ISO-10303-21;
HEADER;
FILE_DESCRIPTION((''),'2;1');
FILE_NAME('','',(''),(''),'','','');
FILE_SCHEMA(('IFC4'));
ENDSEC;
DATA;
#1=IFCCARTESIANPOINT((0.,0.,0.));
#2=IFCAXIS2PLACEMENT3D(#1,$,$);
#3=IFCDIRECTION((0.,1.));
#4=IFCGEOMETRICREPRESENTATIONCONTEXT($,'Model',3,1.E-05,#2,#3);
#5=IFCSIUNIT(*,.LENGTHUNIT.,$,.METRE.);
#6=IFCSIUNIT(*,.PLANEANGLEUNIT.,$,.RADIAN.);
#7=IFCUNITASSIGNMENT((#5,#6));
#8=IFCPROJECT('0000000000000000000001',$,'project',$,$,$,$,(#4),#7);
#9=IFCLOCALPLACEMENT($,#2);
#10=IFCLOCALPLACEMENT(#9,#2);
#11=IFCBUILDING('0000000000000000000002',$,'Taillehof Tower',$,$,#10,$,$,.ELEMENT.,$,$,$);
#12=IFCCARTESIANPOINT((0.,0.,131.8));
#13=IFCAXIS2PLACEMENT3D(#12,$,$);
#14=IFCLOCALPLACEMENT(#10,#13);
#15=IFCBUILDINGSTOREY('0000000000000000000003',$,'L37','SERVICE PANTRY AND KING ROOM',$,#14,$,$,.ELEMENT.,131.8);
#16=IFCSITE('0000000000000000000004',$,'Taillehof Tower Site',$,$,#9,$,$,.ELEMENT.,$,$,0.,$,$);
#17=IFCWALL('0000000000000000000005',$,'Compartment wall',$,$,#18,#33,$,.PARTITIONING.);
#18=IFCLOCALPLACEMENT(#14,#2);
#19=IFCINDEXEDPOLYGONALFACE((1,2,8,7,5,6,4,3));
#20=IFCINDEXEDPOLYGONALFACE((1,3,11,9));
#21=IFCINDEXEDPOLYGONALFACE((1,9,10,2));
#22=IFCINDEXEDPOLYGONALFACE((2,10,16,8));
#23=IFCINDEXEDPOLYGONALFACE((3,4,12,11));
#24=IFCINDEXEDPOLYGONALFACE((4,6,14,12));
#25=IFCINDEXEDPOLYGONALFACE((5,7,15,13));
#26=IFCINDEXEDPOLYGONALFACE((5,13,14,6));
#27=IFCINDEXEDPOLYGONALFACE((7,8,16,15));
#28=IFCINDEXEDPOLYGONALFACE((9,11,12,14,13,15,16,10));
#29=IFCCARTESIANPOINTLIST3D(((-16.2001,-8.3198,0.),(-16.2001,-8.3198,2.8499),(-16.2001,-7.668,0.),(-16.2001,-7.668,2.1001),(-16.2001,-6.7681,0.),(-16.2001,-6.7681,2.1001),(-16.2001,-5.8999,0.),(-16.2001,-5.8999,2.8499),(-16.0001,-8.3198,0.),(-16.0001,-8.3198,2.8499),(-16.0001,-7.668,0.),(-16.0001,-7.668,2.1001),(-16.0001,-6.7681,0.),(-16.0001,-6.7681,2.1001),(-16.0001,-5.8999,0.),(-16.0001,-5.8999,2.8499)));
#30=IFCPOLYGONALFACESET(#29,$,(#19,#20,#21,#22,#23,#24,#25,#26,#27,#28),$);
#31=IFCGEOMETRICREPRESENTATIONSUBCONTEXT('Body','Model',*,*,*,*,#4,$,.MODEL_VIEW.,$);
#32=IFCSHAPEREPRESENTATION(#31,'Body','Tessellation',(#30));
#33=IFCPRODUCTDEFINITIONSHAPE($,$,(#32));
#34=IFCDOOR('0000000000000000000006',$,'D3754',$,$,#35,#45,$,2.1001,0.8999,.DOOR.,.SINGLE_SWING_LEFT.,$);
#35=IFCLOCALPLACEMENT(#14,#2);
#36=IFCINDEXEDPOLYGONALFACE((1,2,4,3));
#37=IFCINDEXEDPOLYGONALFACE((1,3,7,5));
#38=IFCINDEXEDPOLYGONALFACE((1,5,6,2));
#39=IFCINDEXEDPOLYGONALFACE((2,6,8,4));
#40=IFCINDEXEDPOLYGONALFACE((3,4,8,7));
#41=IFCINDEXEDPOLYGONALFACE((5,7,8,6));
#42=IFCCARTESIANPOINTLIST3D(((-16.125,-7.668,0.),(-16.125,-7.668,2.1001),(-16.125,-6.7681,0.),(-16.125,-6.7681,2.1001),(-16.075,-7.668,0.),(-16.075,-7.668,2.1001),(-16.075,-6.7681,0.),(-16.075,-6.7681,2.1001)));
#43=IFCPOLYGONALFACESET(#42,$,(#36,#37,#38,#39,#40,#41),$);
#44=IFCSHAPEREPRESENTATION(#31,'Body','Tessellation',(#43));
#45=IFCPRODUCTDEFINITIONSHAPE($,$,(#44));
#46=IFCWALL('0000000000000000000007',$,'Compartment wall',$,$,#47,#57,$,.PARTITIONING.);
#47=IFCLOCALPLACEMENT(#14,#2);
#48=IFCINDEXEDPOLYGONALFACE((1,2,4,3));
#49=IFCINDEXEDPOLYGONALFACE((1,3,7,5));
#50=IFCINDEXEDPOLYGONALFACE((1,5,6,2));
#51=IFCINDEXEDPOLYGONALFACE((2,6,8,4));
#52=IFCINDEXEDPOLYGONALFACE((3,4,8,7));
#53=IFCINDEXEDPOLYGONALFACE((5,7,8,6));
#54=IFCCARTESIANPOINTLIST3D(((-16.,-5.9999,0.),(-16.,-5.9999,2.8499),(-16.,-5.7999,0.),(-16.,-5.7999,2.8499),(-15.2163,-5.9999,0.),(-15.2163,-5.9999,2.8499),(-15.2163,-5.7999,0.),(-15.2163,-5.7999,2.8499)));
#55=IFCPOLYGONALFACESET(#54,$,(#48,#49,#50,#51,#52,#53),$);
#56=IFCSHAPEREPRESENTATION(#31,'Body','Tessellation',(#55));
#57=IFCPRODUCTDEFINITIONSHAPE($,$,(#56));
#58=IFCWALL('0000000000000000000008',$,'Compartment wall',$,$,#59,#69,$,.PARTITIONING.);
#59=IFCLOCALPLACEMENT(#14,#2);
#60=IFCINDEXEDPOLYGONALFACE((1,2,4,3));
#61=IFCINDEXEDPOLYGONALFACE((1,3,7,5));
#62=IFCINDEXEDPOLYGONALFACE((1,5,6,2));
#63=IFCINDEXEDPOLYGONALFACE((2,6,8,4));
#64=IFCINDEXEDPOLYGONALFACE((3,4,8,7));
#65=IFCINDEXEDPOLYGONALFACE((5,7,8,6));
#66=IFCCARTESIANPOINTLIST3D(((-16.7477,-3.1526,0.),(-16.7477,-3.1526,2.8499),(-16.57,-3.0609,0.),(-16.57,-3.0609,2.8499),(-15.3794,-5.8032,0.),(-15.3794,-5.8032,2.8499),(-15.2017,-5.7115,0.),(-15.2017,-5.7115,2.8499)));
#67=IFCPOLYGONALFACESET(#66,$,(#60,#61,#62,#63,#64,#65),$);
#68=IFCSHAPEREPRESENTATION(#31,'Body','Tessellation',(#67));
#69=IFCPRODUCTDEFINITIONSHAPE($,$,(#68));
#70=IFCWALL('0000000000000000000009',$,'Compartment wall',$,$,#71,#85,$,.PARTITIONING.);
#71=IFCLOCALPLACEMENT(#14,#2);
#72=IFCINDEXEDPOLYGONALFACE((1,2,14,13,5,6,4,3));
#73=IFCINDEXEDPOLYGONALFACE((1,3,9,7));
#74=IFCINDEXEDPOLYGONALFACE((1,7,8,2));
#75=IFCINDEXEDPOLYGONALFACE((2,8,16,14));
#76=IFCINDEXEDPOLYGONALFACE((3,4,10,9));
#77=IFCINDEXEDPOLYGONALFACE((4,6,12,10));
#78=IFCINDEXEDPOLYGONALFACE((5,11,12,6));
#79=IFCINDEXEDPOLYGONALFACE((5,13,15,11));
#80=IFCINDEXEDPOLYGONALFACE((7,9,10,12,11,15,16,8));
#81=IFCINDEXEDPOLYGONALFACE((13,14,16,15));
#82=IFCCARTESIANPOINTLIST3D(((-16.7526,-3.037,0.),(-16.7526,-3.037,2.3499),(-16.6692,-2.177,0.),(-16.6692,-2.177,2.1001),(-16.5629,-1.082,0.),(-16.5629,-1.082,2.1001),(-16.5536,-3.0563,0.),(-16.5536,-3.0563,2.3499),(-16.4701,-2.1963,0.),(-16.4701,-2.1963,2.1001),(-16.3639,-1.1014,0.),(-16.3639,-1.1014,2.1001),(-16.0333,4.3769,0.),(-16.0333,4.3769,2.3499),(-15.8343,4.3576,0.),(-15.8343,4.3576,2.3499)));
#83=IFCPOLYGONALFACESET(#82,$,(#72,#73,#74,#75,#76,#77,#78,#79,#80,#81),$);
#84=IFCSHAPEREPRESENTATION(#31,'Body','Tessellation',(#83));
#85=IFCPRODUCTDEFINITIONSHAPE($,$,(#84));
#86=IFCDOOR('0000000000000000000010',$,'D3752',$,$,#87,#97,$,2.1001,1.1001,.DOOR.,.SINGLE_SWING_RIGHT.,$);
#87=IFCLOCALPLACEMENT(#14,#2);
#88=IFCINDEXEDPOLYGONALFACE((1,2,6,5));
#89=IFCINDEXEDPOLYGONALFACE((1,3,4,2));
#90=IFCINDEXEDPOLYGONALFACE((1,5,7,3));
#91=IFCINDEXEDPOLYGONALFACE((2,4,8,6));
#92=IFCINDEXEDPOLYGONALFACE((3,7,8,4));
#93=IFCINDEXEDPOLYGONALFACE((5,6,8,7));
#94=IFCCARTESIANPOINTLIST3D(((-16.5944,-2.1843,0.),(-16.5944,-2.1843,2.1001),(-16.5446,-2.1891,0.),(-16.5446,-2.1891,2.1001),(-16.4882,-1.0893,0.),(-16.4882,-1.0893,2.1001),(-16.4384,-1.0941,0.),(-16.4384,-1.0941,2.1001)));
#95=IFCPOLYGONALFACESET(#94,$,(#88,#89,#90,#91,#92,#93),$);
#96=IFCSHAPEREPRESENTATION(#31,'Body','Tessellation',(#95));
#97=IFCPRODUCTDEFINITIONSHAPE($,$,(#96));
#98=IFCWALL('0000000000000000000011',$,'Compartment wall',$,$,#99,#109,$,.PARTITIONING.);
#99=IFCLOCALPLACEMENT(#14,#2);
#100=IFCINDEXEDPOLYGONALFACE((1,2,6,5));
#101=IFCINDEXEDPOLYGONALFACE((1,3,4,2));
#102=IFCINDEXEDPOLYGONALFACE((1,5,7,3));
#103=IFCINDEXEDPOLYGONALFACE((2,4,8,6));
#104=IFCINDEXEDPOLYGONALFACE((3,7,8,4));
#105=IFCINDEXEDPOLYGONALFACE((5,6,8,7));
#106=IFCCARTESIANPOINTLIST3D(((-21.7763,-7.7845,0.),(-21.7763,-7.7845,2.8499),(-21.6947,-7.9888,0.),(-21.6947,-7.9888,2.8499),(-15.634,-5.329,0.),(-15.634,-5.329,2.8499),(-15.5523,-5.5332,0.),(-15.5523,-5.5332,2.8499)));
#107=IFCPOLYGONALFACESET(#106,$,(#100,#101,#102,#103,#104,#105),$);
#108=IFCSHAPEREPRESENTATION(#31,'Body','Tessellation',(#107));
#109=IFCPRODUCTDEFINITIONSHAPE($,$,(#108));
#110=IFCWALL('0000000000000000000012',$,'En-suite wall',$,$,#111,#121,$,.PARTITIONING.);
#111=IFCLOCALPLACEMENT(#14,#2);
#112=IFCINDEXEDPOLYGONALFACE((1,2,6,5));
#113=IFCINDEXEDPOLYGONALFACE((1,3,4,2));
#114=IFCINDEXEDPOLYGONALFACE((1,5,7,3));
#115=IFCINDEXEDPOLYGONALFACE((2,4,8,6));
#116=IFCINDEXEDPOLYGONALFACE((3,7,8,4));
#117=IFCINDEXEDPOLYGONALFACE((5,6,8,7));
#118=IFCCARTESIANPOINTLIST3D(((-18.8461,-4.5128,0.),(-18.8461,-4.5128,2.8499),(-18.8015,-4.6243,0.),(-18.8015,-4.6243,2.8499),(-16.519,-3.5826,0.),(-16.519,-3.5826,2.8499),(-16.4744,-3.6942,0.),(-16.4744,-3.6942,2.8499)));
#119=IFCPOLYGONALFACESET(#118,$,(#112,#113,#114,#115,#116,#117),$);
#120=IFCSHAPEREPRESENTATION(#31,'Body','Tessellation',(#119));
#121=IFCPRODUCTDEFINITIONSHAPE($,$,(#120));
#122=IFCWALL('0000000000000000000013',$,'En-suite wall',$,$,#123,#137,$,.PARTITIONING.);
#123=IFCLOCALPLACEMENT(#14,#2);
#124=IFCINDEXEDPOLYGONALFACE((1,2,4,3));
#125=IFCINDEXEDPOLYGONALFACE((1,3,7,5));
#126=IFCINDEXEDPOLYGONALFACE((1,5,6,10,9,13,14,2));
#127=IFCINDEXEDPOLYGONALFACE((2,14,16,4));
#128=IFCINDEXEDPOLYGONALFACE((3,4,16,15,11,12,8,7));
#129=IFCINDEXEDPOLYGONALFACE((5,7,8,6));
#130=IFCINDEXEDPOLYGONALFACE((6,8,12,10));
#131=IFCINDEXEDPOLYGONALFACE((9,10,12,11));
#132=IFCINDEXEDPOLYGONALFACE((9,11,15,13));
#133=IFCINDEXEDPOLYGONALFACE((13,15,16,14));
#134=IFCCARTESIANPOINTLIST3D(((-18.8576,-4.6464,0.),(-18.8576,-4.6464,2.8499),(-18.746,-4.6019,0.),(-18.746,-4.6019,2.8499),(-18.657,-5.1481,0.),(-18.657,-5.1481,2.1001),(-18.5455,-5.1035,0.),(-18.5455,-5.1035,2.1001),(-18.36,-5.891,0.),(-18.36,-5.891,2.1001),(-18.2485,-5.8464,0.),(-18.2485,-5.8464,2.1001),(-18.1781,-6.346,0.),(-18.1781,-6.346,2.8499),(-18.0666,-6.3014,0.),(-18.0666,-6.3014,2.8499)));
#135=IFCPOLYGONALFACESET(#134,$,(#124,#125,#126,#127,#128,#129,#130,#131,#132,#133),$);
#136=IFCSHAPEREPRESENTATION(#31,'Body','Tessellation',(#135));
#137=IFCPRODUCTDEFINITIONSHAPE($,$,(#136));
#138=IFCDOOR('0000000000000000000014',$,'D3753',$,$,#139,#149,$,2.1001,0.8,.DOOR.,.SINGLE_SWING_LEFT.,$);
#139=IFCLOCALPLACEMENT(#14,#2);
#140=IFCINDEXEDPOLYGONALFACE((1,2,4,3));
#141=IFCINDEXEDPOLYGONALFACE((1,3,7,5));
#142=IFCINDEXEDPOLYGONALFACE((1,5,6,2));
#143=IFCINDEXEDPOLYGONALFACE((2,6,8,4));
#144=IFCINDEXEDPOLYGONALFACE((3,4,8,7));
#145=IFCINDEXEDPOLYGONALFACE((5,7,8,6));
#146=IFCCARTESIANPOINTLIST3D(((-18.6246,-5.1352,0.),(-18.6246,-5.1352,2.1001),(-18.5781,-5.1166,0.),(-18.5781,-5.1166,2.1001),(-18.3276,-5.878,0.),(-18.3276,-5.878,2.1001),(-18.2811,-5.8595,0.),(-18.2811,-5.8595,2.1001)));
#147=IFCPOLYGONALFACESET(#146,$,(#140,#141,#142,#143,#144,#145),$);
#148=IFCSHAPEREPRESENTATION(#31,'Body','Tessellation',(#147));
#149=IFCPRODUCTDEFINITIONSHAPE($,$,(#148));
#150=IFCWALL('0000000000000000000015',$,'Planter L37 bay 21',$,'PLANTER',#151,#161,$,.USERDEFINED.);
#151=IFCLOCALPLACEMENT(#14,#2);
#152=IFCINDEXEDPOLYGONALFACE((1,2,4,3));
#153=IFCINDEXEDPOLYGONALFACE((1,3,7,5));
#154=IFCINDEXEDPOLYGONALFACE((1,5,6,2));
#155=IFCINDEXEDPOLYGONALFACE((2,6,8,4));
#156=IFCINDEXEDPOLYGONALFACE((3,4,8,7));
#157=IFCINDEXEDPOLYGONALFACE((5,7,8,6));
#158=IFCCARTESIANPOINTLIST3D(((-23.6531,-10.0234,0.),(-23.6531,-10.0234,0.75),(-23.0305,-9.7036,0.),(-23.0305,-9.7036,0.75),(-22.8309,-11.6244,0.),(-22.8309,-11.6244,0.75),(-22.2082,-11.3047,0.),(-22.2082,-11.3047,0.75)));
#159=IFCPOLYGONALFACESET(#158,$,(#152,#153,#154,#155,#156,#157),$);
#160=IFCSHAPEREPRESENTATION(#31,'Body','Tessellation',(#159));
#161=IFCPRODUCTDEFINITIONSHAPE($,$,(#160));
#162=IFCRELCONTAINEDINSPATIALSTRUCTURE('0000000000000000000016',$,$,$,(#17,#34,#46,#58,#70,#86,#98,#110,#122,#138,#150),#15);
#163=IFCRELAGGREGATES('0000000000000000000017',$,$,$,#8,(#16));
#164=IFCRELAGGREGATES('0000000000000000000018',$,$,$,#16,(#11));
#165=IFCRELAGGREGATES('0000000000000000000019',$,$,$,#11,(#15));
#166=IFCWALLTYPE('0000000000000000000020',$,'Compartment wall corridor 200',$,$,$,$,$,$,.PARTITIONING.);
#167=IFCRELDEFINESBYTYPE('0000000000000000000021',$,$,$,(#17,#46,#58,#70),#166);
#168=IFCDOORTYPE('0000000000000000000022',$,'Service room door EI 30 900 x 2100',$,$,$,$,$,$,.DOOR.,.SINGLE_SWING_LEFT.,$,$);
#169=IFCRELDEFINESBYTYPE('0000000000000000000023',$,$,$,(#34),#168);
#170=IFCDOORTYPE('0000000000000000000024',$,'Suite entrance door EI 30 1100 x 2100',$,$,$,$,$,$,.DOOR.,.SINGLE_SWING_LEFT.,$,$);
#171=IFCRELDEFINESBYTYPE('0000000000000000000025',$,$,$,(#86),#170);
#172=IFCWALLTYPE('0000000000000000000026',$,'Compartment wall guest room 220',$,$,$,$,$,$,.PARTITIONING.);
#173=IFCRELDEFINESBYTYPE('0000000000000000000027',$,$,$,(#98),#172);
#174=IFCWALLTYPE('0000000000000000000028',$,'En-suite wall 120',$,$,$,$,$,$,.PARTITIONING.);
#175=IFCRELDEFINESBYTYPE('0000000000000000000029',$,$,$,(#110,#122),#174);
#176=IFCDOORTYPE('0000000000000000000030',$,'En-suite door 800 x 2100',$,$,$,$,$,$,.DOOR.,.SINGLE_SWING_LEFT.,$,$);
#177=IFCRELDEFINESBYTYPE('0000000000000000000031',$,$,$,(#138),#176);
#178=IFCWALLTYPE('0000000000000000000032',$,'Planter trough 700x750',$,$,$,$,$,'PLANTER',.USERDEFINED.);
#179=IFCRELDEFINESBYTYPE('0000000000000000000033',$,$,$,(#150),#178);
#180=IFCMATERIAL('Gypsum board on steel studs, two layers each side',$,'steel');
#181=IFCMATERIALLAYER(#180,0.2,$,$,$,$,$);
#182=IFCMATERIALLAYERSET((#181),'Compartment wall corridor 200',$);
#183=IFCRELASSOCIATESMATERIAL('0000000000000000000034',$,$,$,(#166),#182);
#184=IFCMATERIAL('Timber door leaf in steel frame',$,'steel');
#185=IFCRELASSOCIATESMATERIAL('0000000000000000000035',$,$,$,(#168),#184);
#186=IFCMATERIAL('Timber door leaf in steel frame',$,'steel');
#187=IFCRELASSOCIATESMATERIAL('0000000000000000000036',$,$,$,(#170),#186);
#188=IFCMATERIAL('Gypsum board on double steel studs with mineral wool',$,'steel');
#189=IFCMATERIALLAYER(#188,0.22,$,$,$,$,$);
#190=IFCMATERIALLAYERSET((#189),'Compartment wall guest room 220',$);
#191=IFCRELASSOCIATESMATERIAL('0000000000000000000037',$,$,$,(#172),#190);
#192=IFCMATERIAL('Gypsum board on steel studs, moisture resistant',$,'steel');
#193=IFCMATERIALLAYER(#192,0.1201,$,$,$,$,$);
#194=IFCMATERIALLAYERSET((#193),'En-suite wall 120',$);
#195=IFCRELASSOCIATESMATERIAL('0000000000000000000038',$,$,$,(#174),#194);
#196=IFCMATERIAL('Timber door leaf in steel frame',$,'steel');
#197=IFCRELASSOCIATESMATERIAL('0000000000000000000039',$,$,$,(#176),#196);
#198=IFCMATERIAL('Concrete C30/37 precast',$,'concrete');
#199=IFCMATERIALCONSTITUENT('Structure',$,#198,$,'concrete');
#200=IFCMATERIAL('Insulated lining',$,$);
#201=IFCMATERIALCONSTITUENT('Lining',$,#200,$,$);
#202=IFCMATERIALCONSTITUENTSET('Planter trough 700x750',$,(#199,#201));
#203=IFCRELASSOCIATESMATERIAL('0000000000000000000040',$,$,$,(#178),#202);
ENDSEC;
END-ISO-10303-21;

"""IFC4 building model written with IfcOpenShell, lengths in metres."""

from ifc_helpers import new_model, si_unit, direction, frame, frame_2d, origin, place, context, subcontext, project, spatial, rectangle, extrude, material, layer, layer_set, constituent, constituent_set, type_object, element, fill, save


model = new_model("IFC4")

# Units and contexts
model_context = context("Model", 3, precision=1e-05, world=origin(), true_north=direction((0.0, 1.0)))
body_context = subcontext(model_context, "Body", "Model", "MODEL_VIEW")
ifc_project = project(units=[si_unit("LENGTHUNIT", "METRE"), si_unit("PLANEANGLEUNIT", "RADIAN")], contexts=[model_context])

# Site, building, storey
site_placement = place(None, origin())
site = spatial("IfcSite", under=ifc_project, at=site_placement, Name="Taillehof Tower Site", CompositionType="ELEMENT", RefElevation=0.0)
building_placement = place(site_placement, origin())
building = spatial("IfcBuilding", under=site, at=building_placement, Name="Taillehof Tower", CompositionType="ELEMENT")
storey_placement = place(building_placement, frame((0.0, 0.0, 131.8)))
storey = spatial("IfcBuildingStorey", under=building, at=storey_placement, Name="L37", Description="SERVICE PANTRY AND KING ROOM", CompositionType="ELEMENT", Elevation=131.8)

# Shared definitions
ifc_material_1 = material(Name="Gypsum board on steel studs, two layers each side", Category="steel")
ifc_layer_1 = layer(ifc_material_1, 0.2)
ifc_layer_set_1 = layer_set([ifc_layer_1], Name="Compartment wall corridor 200")
wall_type_1 = type_object("IfcWallType", Name="Compartment wall corridor 200", PredefinedType="PARTITIONING", material=ifc_layer_set_1)

# Wall, opening, door
wall_1_placement = place(storey_placement, frame((-16.1001, -8.3198, 0.0), z_axis=(0.0, 0.0, 1.0), x_axis=(0.0, 1.0, 0.0)))
wall_1 = element("IfcWall", 1, at=wall_1_placement, inside=storey, type_object=wall_type_1, Name="Compartment wall", PredefinedType="PARTITIONING", context=body_context, shape_type="SweptSolid", body=[
    extrude(rectangle(XDim=2.4199, YDim=0.2, at=frame_2d((1.21, 0.0))), origin(), (0.0, 0.0, 1.0), 2.8499),
])
opening_1_placement = place(wall_1_placement, frame((0.6519, 0.0, 0.0)))
opening_1 = element("IfcOpeningElement", 2, at=opening_1_placement, cuts=wall_1, PredefinedType="OPENING", context=body_context, shape_type="SweptSolid", body=[
    extrude(rectangle(XDim=0.8999, YDim=2.1001, at=frame_2d((0.45, 1.05))), frame((0.0, 0.1099, 0.0), z_axis=(0.0, -1.0, 0.0), x_axis=(1.0, 0.0, 0.0)), (0.0, 0.0, 1.0), 0.22),
])
ifc_material_2 = material(Name="Timber door leaf in steel frame", Category="steel")
door_type_1 = type_object("IfcDoorType", Name="Service room door EI 30 900 x 2100", OperationType="SINGLE_SWING_LEFT", PredefinedType="DOOR", material=ifc_material_2)
door_1_placement = place(opening_1_placement, origin())
door_1 = element("IfcDoor", 3, at=door_1_placement, inside=storey, type_object=door_type_1, Name="D3754", OperationType="SINGLE_SWING_LEFT", OverallHeight=2.1001, OverallWidth=0.8999, PredefinedType="DOOR", context=body_context, shape_type="SweptSolid", body=[
    extrude(rectangle(XDim=0.8999, YDim=2.1001, at=frame_2d((0.45, 1.05))), frame((0.0, 0.0249, 0.0), z_axis=(0.0, -1.0, 0.0), x_axis=(1.0, 0.0, 0.0)), (0.0, 0.0, 1.0), 0.05),
])
fill(opening_1, door_1)

# Walls
wall_2_placement = place(storey_placement, frame((-16.0, -5.8999, 0.0), z_axis=(0.0, 0.0, 1.0), x_axis=(1.0, 0.0, 0.0)))
element("IfcWall", 4, at=wall_2_placement, inside=storey, type_object=wall_type_1, Name="Compartment wall", PredefinedType="PARTITIONING", context=body_context, shape_type="SweptSolid", body=[
    extrude(rectangle(XDim=0.7837, YDim=0.2, at=frame_2d((0.3918, 0.0))), origin(), (0.0, 0.0, 1.0), 2.8499),
])
wall_3_placement = place(storey_placement, frame((-15.2905, -5.7573, 0.0), z_axis=(0.0, 0.0, 1.0), x_axis=(-0.458733, 0.888574, 0.0)))
element("IfcWall", 5, at=wall_3_placement, inside=storey, type_object=wall_type_1, Name="Compartment wall", PredefinedType="PARTITIONING", context=body_context, shape_type="SweptSolid", body=[
    extrude(rectangle(XDim=2.9829, YDim=0.2, at=frame_2d((1.4915, 0.0))), origin(), (0.0, 0.0, 1.0), 2.8499),
])

# Wall, opening, door
wall_4_placement = place(storey_placement, frame((-16.6531, -3.0466, 0.0), z_axis=(0.0, 0.0, 1.0), x_axis=(0.09656, 0.995327, 0.0)))
wall_4 = element("IfcWall", 6, at=wall_4_placement, inside=storey, type_object=wall_type_1, Name="Compartment wall", PredefinedType="PARTITIONING", context=body_context, shape_type="SweptSolid", body=[
    extrude(rectangle(XDim=7.4487, YDim=0.2, at=frame_2d((3.7244, 0.0))), origin(), (0.0, 0.0, 1.0), 2.3499),
])
opening_2_placement = place(wall_4_placement, frame((0.864, 0.0, 0.0)))
opening_2 = element("IfcOpeningElement", 7, at=opening_2_placement, cuts=wall_4, PredefinedType="OPENING", context=body_context, shape_type="SweptSolid", body=[
    extrude(rectangle(XDim=1.1001, YDim=2.1001, at=frame_2d((0.55, 1.05))), frame((0.0, 0.1099, 0.0), z_axis=(0.0, -1.0, 0.0), x_axis=(1.0, 0.0, 0.0)), (0.0, 0.0, 1.0), 0.22),
])
ifc_material_3 = material(Name="Timber door leaf in steel frame", Category="steel")
door_type_2 = type_object("IfcDoorType", Name="Suite entrance door EI 30 1100 x 2100", OperationType="SINGLE_SWING_LEFT", PredefinedType="DOOR", material=ifc_material_3)
door_2_placement = place(opening_2_placement, origin())
door_2 = element("IfcDoor", 8, at=door_2_placement, inside=storey, type_object=door_type_2, Name="D3752", OperationType="SINGLE_SWING_RIGHT", OverallHeight=2.1001, OverallWidth=1.1001, PredefinedType="DOOR", context=body_context, shape_type="SweptSolid", body=[
    extrude(rectangle(XDim=1.1001, YDim=2.1001, at=frame_2d((0.55, 1.05))), frame((0.0, 0.0249, 0.0), z_axis=(0.0, -1.0, 0.0), x_axis=(1.0, 0.0, 0.0)), (0.0, 0.0, 1.0), 0.05),
])
fill(opening_2, door_2)

# Walls
ifc_material_4 = material(Name="Gypsum board on double steel studs with mineral wool", Category="steel")
ifc_layer_2 = layer(ifc_material_4, 0.22)
ifc_layer_set_2 = layer_set([ifc_layer_2], Name="Compartment wall guest room 220")
wall_type_2 = type_object("IfcWallType", Name="Compartment wall guest room 220", PredefinedType="PARTITIONING", material=ifc_layer_set_2)
wall_5_placement = place(storey_placement, frame((-21.7356, -7.8867, 0.0), z_axis=(0.0, 0.0, 1.0), x_axis=(0.928548, 0.371212, 0.0)))
element("IfcWall", 9, at=wall_5_placement, inside=storey, type_object=wall_type_2, Name="Compartment wall", PredefinedType="PARTITIONING", context=body_context, shape_type="SweptSolid", body=[
    extrude(rectangle(XDim=6.615, YDim=0.22, at=frame_2d((3.3076, 0.0))), origin(), (0.0, 0.0, 1.0), 2.8499),
])
ifc_material_5 = material(Name="Gypsum board on steel studs, moisture resistant", Category="steel")
ifc_layer_3 = layer(ifc_material_5, 0.1201)
ifc_layer_set_3 = layer_set([ifc_layer_3], Name="En-suite wall 120")
wall_type_3 = type_object("IfcWallType", Name="En-suite wall 120", PredefinedType="PARTITIONING", material=ifc_layer_set_3)
wall_6_placement = place(storey_placement, frame((-16.4968, -3.6384, 0.0), z_axis=(0.0, 0.0, 1.0), x_axis=(-0.928571, -0.371156, 0.0)))
element("IfcWall", 10, at=wall_6_placement, inside=storey, type_object=wall_type_3, Name="En-suite wall", PredefinedType="PARTITIONING", context=body_context, shape_type="SweptSolid", body=[
    extrude(rectangle(XDim=2.5061, YDim=0.1201, at=frame_2d((1.2529, 0.0))), origin(), (0.0, 0.0, 1.0), 2.8499),
])

# Wall, opening, door
wall_7_placement = place(storey_placement, frame((-18.8018, -4.6243, 0.0), z_axis=(0.0, 0.0, 1.0), x_axis=(0.37123, -0.928541, 0.0)))
wall_7 = element("IfcWall", 11, at=wall_7_placement, inside=storey, type_object=wall_type_3, Name="En-suite wall", PredefinedType="PARTITIONING", context=body_context, shape_type="SweptSolid", body=[
    extrude(rectangle(XDim=1.8303, YDim=0.1201, at=frame_2d((0.915, 0.0))), origin(), (0.0, 0.0, 1.0), 2.8499),
])
opening_3_placement = place(wall_7_placement, frame((0.5403, 0.0, 0.0)))
opening_3 = element("IfcOpeningElement", 12, at=opening_3_placement, cuts=wall_7, PredefinedType="OPENING", context=body_context, shape_type="SweptSolid", body=[
    extrude(rectangle(XDim=0.8, YDim=2.1001, at=frame_2d((0.3999, 1.05))), frame((0.0, 0.0701, 0.0), z_axis=(0.0, -1.0, 0.0), x_axis=(1.0, 0.0, 0.0)), (0.0, 0.0, 1.0), 0.1401),
])
ifc_material_6 = material(Name="Timber door leaf in steel frame", Category="steel")
door_type_3 = type_object("IfcDoorType", Name="En-suite door 800 x 2100", OperationType="SINGLE_SWING_LEFT", PredefinedType="DOOR", material=ifc_material_6)
door_3_placement = place(opening_3_placement, origin())
door_3 = element("IfcDoor", 13, at=door_3_placement, inside=storey, type_object=door_type_3, Name="D3753", OperationType="SINGLE_SWING_LEFT", OverallHeight=2.1001, OverallWidth=0.8, PredefinedType="DOOR", context=body_context, shape_type="SweptSolid", body=[
    extrude(rectangle(XDim=0.8, YDim=2.1001, at=frame_2d((0.3999, 1.05))), frame((0.0, 0.0249, 0.0), z_axis=(0.0, -1.0, 0.0), x_axis=(1.0, 0.0, 0.0)), (0.0, 0.0, 1.0), 0.05),
])
fill(opening_3, door_3)

# Wall
ifc_material_7 = material(Name="Concrete C30/37 precast", Category="concrete")
ifc_constituent_1 = constituent(ifc_material_7, Name="Structure", Category="concrete")
ifc_material_8 = material(Name="Insulated lining")
ifc_constituent_2 = constituent(ifc_material_8, Name="Lining")
ifc_constituent_set = constituent_set(constituents=[ifc_constituent_1, ifc_constituent_2], Name="Planter trough 700x750")
wall_type_4 = type_object("IfcWallType", Name="Planter trough 700x750", ElementType="PLANTER", PredefinedType="USERDEFINED", material=ifc_constituent_set)
wall_8_placement = place(storey_placement, frame((-23.3418, -9.8635, 0.0), z_axis=(0.0, 0.0, 1.0), x_axis=(0.456845, -0.889546, 0.0)))
element("IfcWall", 14, at=wall_8_placement, inside=storey, type_object=wall_type_4, Name="Planter L37 bay 21", ObjectType="PLANTER", PredefinedType="USERDEFINED", context=body_context, shape_type="SweptSolid", body=[
    extrude(rectangle(XDim=1.7998, YDim=0.7, at=frame_2d((0.8999, 0.0))), origin(), (0.0, 0.0, 1.0), 0.75),
])

save(model, "model.ifc")
